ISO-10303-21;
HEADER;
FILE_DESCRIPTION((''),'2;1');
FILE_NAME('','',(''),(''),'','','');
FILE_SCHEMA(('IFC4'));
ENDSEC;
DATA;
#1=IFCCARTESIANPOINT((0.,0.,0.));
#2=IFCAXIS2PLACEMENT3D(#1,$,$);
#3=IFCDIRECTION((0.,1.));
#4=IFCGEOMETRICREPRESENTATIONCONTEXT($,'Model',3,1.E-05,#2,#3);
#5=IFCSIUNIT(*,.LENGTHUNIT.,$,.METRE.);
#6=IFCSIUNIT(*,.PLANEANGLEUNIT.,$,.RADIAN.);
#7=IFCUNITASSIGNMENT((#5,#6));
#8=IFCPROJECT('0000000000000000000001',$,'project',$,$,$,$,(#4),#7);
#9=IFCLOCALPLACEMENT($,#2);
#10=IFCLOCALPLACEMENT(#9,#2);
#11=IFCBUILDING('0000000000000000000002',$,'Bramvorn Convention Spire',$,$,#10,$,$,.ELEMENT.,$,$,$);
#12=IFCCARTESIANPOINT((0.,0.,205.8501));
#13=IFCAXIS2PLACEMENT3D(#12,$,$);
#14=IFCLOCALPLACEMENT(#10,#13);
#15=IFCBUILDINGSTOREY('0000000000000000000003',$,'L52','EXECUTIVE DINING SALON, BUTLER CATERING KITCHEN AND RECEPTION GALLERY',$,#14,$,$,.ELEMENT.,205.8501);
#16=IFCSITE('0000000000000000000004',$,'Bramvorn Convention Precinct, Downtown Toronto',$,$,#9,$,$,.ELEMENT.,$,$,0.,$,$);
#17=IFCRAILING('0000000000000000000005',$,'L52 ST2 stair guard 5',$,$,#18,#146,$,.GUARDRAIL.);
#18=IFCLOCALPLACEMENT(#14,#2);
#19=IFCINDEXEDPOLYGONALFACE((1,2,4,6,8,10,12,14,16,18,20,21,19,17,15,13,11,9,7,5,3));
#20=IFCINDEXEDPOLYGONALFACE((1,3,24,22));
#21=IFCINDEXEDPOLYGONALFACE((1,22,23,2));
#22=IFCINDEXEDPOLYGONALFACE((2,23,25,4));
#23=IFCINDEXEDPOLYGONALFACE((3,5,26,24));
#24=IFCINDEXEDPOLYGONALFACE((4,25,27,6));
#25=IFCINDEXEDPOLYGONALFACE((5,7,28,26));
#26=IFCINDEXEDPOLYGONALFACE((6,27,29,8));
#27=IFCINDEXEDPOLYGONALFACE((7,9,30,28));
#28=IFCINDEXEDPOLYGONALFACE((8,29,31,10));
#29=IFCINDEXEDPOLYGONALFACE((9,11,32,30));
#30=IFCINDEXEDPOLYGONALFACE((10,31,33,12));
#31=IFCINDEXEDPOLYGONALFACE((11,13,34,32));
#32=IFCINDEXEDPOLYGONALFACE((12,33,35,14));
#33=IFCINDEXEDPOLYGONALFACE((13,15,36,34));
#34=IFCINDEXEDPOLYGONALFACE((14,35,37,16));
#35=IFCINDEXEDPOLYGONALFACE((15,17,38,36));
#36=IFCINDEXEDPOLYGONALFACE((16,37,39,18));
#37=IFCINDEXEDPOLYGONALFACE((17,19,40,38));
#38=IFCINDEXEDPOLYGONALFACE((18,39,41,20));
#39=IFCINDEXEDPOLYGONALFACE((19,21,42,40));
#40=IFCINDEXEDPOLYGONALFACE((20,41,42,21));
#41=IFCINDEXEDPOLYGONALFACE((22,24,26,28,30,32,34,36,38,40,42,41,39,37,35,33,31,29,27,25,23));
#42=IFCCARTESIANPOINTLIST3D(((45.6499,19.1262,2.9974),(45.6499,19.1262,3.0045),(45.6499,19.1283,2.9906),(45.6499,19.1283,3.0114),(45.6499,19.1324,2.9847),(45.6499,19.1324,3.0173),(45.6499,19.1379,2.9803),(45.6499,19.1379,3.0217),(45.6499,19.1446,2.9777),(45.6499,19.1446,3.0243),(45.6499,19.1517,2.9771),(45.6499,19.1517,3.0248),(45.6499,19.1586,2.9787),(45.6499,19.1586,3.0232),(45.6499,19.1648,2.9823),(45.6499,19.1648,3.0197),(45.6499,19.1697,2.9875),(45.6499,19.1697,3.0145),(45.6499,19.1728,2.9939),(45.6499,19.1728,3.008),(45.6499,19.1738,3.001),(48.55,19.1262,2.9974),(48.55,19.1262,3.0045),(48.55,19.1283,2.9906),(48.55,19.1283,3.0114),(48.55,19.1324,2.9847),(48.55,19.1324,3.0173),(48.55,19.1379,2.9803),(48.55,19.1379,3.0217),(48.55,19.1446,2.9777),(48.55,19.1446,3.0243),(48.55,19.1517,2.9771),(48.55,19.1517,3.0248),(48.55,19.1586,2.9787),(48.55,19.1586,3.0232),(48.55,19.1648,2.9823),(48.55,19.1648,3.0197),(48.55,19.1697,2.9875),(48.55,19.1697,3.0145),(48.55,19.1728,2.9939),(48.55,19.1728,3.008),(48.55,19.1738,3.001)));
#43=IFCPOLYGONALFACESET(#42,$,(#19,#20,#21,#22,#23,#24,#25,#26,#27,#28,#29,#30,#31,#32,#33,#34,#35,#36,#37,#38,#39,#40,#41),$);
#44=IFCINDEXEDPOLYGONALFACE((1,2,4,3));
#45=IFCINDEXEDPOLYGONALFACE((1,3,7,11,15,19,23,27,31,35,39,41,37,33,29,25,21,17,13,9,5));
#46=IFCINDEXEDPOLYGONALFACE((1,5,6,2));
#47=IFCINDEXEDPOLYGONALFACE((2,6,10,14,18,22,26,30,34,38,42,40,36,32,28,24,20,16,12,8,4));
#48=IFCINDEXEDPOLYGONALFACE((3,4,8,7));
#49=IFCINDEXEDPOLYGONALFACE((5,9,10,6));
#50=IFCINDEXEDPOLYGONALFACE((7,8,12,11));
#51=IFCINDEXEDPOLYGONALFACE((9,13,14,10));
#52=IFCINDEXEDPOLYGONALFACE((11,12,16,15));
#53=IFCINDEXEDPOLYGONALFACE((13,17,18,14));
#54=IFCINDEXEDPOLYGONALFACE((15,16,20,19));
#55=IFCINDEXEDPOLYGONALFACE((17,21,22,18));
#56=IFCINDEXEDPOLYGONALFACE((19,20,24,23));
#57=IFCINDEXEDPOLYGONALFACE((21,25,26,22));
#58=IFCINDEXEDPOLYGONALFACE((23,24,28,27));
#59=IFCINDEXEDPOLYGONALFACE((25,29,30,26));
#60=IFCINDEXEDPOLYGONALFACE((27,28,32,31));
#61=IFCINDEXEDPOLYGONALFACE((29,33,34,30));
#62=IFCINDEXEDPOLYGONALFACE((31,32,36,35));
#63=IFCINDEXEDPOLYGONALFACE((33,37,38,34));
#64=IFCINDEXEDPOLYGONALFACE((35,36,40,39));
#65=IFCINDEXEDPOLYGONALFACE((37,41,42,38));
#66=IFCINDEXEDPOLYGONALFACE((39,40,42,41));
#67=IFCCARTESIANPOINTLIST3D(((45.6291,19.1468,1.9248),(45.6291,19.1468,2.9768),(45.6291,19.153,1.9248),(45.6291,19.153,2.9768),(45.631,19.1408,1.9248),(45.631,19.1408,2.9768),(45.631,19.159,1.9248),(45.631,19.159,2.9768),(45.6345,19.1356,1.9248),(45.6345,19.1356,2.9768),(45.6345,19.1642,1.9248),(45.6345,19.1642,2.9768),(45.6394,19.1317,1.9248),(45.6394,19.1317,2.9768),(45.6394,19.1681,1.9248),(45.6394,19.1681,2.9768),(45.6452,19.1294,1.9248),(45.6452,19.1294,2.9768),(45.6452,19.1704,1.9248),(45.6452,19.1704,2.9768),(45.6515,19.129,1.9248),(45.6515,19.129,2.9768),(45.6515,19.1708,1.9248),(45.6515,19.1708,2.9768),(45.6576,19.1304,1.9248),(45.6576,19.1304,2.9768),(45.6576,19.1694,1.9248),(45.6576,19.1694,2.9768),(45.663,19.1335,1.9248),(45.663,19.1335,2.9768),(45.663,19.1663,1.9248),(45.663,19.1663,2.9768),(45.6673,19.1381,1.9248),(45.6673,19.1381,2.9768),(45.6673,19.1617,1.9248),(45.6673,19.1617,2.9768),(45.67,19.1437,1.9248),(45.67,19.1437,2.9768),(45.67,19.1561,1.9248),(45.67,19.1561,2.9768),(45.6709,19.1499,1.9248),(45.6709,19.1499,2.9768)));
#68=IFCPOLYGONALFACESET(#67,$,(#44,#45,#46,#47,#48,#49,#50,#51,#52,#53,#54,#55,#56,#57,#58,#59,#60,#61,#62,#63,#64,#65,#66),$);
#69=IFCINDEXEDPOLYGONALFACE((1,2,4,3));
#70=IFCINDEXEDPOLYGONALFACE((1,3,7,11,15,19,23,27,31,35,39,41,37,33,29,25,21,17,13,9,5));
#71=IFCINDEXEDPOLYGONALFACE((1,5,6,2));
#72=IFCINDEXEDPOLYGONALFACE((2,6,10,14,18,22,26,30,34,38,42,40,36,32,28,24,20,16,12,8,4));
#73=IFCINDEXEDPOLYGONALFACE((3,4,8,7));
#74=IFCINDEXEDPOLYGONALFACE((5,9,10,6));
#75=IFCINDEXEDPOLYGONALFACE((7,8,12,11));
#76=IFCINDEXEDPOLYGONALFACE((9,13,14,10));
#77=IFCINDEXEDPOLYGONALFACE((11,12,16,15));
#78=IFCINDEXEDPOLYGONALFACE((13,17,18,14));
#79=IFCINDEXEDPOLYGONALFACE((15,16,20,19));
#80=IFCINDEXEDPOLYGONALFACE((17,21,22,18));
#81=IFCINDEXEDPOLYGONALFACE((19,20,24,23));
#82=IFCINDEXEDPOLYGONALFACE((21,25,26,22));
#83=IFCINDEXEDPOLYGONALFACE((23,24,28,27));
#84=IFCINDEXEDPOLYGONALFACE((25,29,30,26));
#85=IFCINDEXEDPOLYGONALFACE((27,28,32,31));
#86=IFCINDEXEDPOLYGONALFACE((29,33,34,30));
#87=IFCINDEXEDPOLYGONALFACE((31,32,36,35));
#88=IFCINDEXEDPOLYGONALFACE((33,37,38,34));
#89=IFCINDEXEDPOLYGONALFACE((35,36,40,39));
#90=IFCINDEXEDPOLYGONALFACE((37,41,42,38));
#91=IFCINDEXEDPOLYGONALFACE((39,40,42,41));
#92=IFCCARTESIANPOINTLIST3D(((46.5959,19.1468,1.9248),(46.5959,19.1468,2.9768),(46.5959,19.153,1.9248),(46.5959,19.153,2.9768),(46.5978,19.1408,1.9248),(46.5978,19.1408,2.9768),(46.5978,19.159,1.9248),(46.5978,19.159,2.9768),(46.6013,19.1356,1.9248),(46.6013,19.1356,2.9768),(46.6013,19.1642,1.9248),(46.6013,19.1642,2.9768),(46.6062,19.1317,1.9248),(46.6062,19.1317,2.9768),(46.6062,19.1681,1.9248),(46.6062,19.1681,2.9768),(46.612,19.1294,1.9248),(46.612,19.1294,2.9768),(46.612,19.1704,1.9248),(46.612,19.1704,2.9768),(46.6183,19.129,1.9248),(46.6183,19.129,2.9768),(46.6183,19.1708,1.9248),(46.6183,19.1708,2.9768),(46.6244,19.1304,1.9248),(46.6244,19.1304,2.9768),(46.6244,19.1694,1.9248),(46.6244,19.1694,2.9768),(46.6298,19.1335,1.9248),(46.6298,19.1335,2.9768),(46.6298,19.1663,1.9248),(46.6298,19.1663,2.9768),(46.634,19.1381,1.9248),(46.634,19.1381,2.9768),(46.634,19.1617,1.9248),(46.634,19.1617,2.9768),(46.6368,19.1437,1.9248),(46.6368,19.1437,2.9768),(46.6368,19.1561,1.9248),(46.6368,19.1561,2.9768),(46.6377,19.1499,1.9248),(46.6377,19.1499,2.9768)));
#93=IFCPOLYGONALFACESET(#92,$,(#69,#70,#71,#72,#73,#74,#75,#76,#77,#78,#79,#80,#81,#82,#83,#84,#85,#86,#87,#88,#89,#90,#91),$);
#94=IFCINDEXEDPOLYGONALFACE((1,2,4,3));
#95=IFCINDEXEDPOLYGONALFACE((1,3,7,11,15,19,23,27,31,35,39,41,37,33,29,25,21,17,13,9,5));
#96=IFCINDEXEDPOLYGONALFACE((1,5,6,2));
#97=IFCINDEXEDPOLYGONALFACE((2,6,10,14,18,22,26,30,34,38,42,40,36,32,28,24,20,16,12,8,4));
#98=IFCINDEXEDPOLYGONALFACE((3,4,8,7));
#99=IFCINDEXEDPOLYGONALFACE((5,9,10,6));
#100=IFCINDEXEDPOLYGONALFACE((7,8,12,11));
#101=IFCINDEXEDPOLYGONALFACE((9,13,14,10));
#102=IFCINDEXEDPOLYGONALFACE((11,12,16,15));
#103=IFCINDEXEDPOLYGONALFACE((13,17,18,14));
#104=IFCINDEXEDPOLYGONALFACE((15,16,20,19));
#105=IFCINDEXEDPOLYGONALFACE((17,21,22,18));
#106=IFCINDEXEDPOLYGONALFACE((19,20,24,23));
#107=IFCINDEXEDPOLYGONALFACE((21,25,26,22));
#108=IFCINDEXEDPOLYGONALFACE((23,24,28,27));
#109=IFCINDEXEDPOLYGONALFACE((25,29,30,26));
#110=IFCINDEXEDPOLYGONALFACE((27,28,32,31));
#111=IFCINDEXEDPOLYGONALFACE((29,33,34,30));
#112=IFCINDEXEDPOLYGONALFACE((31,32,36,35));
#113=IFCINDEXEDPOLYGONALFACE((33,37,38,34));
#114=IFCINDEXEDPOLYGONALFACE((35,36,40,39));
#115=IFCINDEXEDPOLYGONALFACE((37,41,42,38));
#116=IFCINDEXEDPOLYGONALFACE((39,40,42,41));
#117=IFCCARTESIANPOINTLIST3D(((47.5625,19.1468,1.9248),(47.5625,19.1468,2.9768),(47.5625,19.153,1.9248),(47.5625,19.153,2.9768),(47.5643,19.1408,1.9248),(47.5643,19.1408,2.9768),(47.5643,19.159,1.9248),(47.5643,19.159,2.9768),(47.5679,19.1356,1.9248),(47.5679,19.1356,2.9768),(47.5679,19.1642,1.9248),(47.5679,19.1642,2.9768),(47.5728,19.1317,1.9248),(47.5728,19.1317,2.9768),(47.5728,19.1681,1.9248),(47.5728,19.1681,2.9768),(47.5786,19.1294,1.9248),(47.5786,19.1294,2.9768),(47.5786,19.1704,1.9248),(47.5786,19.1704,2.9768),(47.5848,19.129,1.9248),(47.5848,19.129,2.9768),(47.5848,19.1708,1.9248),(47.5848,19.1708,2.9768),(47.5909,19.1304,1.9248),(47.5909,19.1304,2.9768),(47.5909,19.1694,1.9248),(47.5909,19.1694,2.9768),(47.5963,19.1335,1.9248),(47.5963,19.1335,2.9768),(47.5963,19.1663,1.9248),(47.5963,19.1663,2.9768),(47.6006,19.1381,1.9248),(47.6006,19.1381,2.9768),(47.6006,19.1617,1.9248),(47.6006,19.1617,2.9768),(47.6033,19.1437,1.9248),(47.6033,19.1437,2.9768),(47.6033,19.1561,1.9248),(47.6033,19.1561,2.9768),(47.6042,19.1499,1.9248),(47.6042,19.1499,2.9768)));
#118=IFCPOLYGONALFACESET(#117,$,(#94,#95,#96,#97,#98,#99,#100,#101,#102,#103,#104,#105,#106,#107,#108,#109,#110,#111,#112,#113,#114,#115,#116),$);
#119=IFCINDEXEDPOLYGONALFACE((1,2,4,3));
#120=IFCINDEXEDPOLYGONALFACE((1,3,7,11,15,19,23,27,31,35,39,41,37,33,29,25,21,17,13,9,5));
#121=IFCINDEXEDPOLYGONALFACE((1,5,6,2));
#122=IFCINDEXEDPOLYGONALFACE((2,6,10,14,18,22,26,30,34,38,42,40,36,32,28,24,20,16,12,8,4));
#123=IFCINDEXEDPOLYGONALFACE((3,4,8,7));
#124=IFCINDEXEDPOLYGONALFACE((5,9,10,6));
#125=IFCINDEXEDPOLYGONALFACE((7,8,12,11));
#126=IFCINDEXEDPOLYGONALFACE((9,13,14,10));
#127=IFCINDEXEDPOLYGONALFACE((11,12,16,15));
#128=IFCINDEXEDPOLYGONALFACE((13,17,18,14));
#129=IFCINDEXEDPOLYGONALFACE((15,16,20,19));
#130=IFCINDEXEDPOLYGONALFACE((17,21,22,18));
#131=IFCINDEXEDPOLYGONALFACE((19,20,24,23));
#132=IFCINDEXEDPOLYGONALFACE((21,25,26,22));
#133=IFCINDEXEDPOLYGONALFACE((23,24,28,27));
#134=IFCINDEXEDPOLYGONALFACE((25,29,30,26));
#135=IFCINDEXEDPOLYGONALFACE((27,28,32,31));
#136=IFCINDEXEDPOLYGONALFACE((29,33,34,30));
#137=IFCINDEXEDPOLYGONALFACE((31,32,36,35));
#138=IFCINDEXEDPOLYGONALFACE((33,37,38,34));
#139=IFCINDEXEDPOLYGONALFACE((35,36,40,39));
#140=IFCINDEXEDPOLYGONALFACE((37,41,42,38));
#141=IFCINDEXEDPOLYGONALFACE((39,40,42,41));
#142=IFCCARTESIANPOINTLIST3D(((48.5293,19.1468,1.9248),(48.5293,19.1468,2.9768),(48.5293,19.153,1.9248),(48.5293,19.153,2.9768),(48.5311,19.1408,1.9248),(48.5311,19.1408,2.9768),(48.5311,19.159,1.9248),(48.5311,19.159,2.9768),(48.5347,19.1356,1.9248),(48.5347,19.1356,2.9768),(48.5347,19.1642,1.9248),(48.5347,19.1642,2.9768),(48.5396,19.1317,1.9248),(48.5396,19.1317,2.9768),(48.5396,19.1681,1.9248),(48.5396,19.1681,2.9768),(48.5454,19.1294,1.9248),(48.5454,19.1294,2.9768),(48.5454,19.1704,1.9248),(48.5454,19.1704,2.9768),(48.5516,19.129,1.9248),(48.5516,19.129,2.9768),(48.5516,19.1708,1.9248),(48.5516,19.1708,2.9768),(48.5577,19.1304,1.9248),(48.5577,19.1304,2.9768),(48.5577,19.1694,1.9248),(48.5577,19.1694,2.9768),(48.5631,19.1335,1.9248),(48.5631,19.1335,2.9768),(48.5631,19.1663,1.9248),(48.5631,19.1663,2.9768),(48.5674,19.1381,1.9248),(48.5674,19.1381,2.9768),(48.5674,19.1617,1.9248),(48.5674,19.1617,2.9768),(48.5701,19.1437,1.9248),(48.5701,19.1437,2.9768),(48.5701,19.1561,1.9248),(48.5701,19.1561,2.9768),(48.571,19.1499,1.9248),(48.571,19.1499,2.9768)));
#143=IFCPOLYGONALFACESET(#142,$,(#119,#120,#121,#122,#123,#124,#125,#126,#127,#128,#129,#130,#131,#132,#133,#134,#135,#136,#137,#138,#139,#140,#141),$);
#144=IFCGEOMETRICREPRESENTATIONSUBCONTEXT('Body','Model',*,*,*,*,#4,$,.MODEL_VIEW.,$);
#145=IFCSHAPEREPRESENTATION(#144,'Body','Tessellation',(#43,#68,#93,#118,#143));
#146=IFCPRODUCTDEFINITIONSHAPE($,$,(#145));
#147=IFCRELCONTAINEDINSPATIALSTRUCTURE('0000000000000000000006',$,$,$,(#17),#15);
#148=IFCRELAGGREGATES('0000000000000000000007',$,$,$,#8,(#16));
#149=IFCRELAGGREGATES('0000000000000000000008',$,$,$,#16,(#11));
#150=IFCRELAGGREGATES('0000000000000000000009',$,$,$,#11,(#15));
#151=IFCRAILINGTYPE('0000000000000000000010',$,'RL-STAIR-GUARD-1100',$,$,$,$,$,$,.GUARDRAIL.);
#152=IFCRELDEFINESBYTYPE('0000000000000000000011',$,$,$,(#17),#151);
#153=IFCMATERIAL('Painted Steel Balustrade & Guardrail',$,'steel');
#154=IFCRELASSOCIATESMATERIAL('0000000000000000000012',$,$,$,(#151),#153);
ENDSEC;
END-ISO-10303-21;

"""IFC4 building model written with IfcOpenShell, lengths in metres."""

from ifc_helpers import new_model, si_unit, direction, frame, origin, origin_2d, place, context, subcontext, project, spatial, circle, extrude, material, type_object, element, save


model = new_model("IFC4")

# Units and contexts
model_context = context("Model", 3, precision=1e-05, world=origin(), true_north=direction((0.0, 1.0)))
body_context = subcontext(model_context, "Body", "Model", "MODEL_VIEW")
ifc_project = project(units=[si_unit("LENGTHUNIT", "METRE"), si_unit("PLANEANGLEUNIT", "RADIAN")], contexts=[model_context])

# Site, building, storey
site_placement = place(None, origin())
site = spatial("IfcSite", under=ifc_project, at=site_placement, Name="Bramvorn Convention Precinct, Downtown Toronto", CompositionType="ELEMENT", RefElevation=0.0)
building_placement = place(site_placement, origin())
building = spatial("IfcBuilding", under=site, at=building_placement, Name="Bramvorn Convention Spire", CompositionType="ELEMENT")
storey_placement = place(building_placement, frame((0.0, 0.0, 205.8501)))
storey = spatial("IfcBuildingStorey", under=building, at=storey_placement, Name="L52", Description="EXECUTIVE DINING SALON, BUTLER CATERING KITCHEN AND RECEPTION GALLERY", CompositionType="ELEMENT", Elevation=205.8501)

# Railing
ifc_material_1 = material(Name="Painted Steel Balustrade & Guardrail", Category="steel")
railing_type = type_object("IfcRailingType", Name="RL-STAIR-GUARD-1100", PredefinedType="GUARDRAIL", material=ifc_material_1)
railing_1_placement = place(storey_placement, frame((45.6499, 19.1499, 1.9248)))
element("IfcRailing", 1, at=railing_1_placement, inside=storey, type_object=railing_type, Name="L52 ST2 stair guard 5", PredefinedType="GUARDRAIL", context=body_context, shape_type="SweptSolid", body=[
    extrude(circle(Radius=0.0239, at=origin_2d()), frame((0.0, 0.0, 1.0762), z_axis=(1.0, 0.0, 0.0), x_axis=(0.0, 1.0, 0.0)), (0.0, 0.0, 1.0), 2.9001),
    extrude(circle(Radius=0.021, at=origin_2d()), origin(), (0.0, 0.0, 1.0), 1.052),
    extrude(circle(Radius=0.021, at=origin_2d()), frame((0.9668, 0.0, 0.0)), (0.0, 0.0, 1.0), 1.052),
    extrude(circle(Radius=0.021, at=origin_2d()), frame((1.9333, 0.0, 0.0)), (0.0, 0.0, 1.0), 1.052),
    extrude(circle(Radius=0.021, at=origin_2d()), frame((2.9001, 0.0, 0.0)), (0.0, 0.0, 1.0), 1.052),
])

save(model, "model.ifc")
